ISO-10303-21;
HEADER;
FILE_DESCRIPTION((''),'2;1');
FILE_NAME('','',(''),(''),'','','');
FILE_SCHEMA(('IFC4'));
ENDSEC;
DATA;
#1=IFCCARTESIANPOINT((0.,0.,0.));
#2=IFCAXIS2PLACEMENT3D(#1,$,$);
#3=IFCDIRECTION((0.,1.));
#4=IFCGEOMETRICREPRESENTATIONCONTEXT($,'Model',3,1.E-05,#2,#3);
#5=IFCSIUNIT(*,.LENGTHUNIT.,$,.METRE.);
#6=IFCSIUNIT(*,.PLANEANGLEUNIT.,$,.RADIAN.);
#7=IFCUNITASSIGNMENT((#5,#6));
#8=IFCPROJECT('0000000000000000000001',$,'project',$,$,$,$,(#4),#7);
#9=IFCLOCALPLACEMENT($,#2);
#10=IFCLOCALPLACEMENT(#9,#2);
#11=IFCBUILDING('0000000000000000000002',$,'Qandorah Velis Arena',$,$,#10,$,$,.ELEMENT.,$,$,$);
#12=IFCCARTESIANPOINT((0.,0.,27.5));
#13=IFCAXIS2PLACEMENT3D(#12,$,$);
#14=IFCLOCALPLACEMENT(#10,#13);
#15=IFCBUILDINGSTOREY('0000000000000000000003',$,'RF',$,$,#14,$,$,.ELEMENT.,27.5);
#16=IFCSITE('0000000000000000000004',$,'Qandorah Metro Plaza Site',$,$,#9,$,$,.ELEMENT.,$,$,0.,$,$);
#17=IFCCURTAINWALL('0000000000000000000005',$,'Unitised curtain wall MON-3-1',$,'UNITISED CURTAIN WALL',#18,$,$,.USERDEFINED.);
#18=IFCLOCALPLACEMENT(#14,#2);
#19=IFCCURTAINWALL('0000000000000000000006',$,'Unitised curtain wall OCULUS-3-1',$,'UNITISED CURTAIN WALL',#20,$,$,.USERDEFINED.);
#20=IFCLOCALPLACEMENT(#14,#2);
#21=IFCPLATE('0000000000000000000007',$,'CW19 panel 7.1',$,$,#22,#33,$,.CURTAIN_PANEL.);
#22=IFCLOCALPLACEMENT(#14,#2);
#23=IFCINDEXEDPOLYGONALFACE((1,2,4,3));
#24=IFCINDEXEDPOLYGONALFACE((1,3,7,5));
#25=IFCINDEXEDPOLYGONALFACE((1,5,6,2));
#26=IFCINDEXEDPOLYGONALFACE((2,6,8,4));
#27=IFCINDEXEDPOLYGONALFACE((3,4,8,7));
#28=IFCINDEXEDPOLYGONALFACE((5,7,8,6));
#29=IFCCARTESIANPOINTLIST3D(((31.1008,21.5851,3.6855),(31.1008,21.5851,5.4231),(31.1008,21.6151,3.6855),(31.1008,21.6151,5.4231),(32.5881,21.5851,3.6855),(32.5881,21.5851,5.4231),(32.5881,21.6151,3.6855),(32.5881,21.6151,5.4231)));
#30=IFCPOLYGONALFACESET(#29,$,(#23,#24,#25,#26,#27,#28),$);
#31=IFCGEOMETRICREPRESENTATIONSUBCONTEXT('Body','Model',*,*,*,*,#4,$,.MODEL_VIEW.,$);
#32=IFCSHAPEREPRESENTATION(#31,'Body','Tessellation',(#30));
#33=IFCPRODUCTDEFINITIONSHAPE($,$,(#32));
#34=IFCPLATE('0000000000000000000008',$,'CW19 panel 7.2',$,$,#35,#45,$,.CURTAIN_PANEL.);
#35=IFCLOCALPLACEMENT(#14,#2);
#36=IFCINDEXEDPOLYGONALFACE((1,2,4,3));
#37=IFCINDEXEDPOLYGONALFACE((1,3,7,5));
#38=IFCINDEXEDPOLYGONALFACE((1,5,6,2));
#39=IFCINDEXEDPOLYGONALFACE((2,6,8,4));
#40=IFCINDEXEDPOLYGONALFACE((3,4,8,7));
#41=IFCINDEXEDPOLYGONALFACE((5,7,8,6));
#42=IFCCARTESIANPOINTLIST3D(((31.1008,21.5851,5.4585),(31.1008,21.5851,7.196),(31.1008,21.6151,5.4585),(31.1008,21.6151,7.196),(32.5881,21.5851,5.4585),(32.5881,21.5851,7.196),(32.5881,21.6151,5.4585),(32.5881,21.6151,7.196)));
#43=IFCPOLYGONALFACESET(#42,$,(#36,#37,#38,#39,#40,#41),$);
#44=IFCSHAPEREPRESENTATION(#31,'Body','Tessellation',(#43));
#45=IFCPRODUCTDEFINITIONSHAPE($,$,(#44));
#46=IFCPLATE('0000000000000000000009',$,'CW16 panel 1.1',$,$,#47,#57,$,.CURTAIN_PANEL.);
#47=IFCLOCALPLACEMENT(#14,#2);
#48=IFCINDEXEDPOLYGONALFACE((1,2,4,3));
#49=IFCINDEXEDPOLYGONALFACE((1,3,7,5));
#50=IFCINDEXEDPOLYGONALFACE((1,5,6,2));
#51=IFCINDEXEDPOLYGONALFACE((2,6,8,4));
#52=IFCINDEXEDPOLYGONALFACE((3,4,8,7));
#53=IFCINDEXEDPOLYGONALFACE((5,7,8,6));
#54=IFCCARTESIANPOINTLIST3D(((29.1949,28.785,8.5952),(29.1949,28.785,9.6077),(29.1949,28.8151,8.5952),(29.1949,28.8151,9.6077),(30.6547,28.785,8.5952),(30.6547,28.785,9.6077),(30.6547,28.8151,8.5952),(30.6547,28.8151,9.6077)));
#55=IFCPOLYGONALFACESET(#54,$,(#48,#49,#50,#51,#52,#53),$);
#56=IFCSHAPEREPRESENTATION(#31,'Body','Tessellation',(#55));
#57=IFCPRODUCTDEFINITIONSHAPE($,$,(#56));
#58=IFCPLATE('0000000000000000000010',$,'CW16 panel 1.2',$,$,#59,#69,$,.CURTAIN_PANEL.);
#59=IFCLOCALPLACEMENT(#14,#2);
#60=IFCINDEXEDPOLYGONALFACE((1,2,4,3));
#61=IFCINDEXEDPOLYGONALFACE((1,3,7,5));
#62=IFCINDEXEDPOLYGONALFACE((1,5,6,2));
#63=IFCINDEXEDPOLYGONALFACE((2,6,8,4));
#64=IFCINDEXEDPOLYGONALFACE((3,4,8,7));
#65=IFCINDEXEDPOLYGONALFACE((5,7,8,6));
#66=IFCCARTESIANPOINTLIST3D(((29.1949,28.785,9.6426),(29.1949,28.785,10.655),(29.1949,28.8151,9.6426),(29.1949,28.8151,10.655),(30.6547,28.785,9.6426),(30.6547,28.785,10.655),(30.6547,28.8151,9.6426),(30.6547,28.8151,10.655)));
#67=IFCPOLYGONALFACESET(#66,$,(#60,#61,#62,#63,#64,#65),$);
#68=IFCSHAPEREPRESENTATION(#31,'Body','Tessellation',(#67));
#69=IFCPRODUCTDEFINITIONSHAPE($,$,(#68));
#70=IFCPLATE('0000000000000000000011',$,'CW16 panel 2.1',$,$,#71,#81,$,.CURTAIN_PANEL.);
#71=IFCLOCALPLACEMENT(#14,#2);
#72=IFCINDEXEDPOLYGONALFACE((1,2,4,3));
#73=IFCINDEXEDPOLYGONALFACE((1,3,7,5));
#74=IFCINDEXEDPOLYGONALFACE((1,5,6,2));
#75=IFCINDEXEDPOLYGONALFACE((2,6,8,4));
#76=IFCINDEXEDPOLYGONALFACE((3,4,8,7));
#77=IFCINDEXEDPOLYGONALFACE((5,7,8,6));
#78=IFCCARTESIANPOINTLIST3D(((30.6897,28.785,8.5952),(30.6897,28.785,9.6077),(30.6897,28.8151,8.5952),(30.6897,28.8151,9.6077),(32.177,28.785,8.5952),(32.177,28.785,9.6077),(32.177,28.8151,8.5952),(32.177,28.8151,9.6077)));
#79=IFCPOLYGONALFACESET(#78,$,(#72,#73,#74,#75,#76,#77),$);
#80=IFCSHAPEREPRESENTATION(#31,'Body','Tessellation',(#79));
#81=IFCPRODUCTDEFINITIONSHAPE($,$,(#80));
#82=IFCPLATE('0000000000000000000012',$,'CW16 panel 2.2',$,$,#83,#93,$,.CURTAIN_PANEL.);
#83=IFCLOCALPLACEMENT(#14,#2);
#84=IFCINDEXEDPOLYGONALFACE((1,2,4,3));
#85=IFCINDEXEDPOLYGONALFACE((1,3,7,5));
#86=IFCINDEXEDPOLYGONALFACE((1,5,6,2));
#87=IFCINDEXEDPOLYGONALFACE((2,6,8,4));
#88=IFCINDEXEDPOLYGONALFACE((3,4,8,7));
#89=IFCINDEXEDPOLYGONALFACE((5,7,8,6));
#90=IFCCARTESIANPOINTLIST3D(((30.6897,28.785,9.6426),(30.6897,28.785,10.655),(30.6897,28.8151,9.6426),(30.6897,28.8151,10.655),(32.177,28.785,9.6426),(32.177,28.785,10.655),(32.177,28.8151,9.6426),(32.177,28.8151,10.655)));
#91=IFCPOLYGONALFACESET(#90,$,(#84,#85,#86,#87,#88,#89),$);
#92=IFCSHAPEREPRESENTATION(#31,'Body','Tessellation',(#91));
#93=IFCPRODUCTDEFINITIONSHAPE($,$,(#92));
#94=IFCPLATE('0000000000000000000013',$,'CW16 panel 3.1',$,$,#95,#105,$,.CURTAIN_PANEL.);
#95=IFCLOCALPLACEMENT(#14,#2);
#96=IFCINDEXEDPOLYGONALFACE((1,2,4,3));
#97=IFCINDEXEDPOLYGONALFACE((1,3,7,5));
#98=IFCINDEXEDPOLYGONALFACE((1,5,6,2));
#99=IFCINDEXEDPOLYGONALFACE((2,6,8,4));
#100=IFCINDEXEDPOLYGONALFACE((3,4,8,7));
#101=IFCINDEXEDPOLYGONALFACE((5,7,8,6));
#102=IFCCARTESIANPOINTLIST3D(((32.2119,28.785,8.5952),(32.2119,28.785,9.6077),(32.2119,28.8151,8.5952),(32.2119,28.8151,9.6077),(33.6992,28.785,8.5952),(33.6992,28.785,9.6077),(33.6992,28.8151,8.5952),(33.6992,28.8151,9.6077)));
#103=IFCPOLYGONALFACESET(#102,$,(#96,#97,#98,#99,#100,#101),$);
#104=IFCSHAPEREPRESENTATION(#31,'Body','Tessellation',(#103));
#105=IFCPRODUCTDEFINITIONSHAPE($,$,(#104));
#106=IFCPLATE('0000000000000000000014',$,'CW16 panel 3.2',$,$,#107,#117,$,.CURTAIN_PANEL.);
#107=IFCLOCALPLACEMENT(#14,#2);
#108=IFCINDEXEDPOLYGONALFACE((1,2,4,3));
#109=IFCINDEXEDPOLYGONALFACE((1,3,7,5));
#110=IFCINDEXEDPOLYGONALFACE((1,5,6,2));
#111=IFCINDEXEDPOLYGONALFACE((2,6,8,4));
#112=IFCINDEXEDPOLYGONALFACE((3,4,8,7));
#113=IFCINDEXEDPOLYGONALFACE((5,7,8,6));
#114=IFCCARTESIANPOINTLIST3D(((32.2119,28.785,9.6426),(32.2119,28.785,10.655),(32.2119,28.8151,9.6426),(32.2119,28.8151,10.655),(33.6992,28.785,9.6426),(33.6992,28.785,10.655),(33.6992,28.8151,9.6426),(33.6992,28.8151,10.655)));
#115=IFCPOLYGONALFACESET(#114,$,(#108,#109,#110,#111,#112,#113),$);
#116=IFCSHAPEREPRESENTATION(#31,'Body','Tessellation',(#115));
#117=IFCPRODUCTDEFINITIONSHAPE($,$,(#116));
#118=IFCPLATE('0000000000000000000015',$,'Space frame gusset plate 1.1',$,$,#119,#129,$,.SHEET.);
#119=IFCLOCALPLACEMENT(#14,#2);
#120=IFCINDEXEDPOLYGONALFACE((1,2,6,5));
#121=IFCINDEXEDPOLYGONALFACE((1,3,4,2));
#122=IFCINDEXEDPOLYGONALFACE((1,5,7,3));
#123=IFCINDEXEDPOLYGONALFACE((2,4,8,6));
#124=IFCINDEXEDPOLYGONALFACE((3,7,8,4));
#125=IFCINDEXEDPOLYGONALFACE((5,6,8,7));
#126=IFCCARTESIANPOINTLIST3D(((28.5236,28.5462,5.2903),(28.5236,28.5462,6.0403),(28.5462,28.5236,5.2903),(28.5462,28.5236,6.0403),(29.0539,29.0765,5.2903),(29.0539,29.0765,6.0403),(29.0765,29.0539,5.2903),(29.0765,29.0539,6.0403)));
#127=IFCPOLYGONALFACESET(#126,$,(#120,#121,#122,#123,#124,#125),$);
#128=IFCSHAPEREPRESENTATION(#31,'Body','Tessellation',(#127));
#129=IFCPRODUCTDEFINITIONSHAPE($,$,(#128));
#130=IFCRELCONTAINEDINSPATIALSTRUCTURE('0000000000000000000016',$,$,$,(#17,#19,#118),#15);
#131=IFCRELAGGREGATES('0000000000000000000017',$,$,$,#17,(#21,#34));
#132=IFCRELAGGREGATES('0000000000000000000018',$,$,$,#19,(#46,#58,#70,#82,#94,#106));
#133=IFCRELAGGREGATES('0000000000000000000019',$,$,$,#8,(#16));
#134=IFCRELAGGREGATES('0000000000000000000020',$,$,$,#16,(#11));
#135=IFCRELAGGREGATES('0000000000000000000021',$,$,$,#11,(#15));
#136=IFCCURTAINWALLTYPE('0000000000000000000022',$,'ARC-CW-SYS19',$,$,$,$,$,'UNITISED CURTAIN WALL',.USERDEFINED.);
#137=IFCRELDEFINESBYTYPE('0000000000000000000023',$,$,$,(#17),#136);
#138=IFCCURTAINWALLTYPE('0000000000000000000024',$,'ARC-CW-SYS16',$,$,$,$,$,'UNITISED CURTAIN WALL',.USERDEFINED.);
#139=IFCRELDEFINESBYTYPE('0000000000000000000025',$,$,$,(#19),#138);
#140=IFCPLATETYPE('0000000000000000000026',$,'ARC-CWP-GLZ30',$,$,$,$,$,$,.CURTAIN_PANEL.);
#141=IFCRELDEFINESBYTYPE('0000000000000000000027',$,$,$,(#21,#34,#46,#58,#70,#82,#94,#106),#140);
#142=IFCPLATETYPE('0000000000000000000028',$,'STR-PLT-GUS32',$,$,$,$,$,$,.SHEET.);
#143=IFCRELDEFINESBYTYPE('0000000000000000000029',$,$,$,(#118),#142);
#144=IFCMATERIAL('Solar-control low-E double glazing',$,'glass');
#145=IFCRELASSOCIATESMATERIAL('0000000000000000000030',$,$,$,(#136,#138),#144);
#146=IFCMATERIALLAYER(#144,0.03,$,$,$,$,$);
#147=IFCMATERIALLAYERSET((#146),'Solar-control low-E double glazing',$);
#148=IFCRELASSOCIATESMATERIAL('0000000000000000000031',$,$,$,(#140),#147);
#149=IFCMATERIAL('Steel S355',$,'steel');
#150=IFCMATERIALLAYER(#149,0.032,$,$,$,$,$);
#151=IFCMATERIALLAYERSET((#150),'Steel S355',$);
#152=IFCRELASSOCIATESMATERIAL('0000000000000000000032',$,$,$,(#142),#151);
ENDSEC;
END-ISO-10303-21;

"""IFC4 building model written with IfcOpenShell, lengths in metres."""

from ifc_helpers import new_model, si_unit, direction, frame, origin, origin_2d, place, context, subcontext, project, spatial, rectangle, extrude, material, layer, layer_set, type_object, element, aggregate, save


model = new_model("IFC4")

# Units and contexts
model_context = context("Model", 3, precision=1e-05, world=origin(), true_north=direction((0.0, 1.0)))
body_context = subcontext(model_context, "Body", "Model", "MODEL_VIEW")
ifc_project = project(units=[si_unit("LENGTHUNIT", "METRE"), si_unit("PLANEANGLEUNIT", "RADIAN")], contexts=[model_context])

# Site, building, storey
site_placement = place(None, origin())
site = spatial("IfcSite", under=ifc_project, at=site_placement, Name="Qandorah Metro Plaza Site", CompositionType="ELEMENT", RefElevation=0.0)
building_placement = place(site_placement, origin())
building = spatial("IfcBuilding", under=site, at=building_placement, Name="Qandorah Velis Arena", CompositionType="ELEMENT")
storey_placement = place(building_placement, frame((0.0, 0.0, 27.5)))
storey = spatial("IfcBuildingStorey", under=building, at=storey_placement, Name="RF", CompositionType="ELEMENT", Elevation=27.5)

# Curtain walls
ifc_material_1 = material(Name="Solar-control low-E double glazing", Category="glass")
curtain_wall_type_1 = type_object("IfcCurtainWallType", Name="ARC-CW-SYS19", ElementType="UNITISED CURTAIN WALL", PredefinedType="USERDEFINED", material=ifc_material_1)
curtain_wall_1_placement = place(storey_placement, origin())
curtain_wall_1 = element("IfcCurtainWall", 1, at=curtain_wall_1_placement, inside=storey, type_object=curtain_wall_type_1, Name="Unitised curtain wall MON-3-1", ObjectType="UNITISED CURTAIN WALL", PredefinedType="USERDEFINED")
curtain_wall_type_2 = type_object("IfcCurtainWallType", Name="ARC-CW-SYS16", ElementType="UNITISED CURTAIN WALL", PredefinedType="USERDEFINED", material=ifc_material_1)
curtain_wall_2_placement = place(storey_placement, origin())
curtain_wall_2 = element("IfcCurtainWall", 2, at=curtain_wall_2_placement, inside=storey, type_object=curtain_wall_type_2, Name="Unitised curtain wall OCULUS-3-1", ObjectType="UNITISED CURTAIN WALL", PredefinedType="USERDEFINED")

# Shared definitions
ifc_material_2 = material(Name="Steel S355", Category="steel")

# Plates
ifc_layer_1 = layer(ifc_material_1, 0.03)
ifc_layer_set_1 = layer_set([ifc_layer_1], Name="Solar-control low-E double glazing")
plate_type_1 = type_object("IfcPlateType", Name="ARC-CWP-GLZ30", PredefinedType="CURTAIN_PANEL", material=ifc_layer_set_1)
plate_1_placement = place(storey_placement, frame((31.8445, 21.6001, 3.6855), z_axis=(0.0, 0.0, 1.0), x_axis=(1.0, 0.0, 0.0)))
plate_1 = element("IfcPlate", 3, at=plate_1_placement, type_object=plate_type_1, Name="CW19 panel 7.1", PredefinedType="CURTAIN_PANEL", context=body_context, shape_type="SweptSolid", body=[
    extrude(rectangle(XDim=1.4873, YDim=0.03, at=origin_2d()), origin(), (0.0, 0.0, 1.0), 1.7375),
])
plate_2_placement = place(storey_placement, frame((31.8445, 21.6001, 5.4585), z_axis=(0.0, 0.0, 1.0), x_axis=(1.0, 0.0, 0.0)))
plate_2 = element("IfcPlate", 4, at=plate_2_placement, type_object=plate_type_1, Name="CW19 panel 7.2", PredefinedType="CURTAIN_PANEL", context=body_context, shape_type="SweptSolid", body=[
    extrude(rectangle(XDim=1.4873, YDim=0.03, at=origin_2d()), origin(), (0.0, 0.0, 1.0), 1.7375),
])
aggregate(curtain_wall_1, [plate_1, plate_2])
plate_3_placement = place(storey_placement, frame((29.9248, 28.8, 8.5952), z_axis=(0.0, 0.0, 1.0), x_axis=(1.0, 0.0, 0.0)))
plate_3 = element("IfcPlate", 5, at=plate_3_placement, type_object=plate_type_1, Name="CW16 panel 1.1", PredefinedType="CURTAIN_PANEL", context=body_context, shape_type="SweptSolid", body=[
    extrude(rectangle(XDim=1.4597, YDim=0.03, at=origin_2d()), origin(), (0.0, 0.0, 1.0), 1.0125),
])
plate_4_placement = place(storey_placement, frame((29.9248, 28.8, 9.6426), z_axis=(0.0, 0.0, 1.0), x_axis=(1.0, 0.0, 0.0)))
plate_4 = element("IfcPlate", 6, at=plate_4_placement, type_object=plate_type_1, Name="CW16 panel 1.2", PredefinedType="CURTAIN_PANEL", context=body_context, shape_type="SweptSolid", body=[
    extrude(rectangle(XDim=1.4597, YDim=0.03, at=origin_2d()), origin(), (0.0, 0.0, 1.0), 1.0125),
])
plate_5_placement = place(storey_placement, frame((31.4333, 28.8, 8.5952), z_axis=(0.0, 0.0, 1.0), x_axis=(1.0, 0.0, 0.0)))
plate_5 = element("IfcPlate", 7, at=plate_5_placement, type_object=plate_type_1, Name="CW16 panel 2.1", PredefinedType="CURTAIN_PANEL", context=body_context, shape_type="SweptSolid", body=[
    extrude(rectangle(XDim=1.4873, YDim=0.03, at=origin_2d()), origin(), (0.0, 0.0, 1.0), 1.0125),
])
plate_6_placement = place(storey_placement, frame((31.4333, 28.8, 9.6426), z_axis=(0.0, 0.0, 1.0), x_axis=(1.0, 0.0, 0.0)))
plate_6 = element("IfcPlate", 8, at=plate_6_placement, type_object=plate_type_1, Name="CW16 panel 2.2", PredefinedType="CURTAIN_PANEL", context=body_context, shape_type="SweptSolid", body=[
    extrude(rectangle(XDim=1.4873, YDim=0.03, at=origin_2d()), origin(), (0.0, 0.0, 1.0), 1.0125),
])
plate_7_placement = place(storey_placement, frame((32.9556, 28.8, 8.5952), z_axis=(0.0, 0.0, 1.0), x_axis=(1.0, 0.0, 0.0)))
plate_7 = element("IfcPlate", 9, at=plate_7_placement, type_object=plate_type_1, Name="CW16 panel 3.1", PredefinedType="CURTAIN_PANEL", context=body_context, shape_type="SweptSolid", body=[
    extrude(rectangle(XDim=1.4873, YDim=0.03, at=origin_2d()), origin(), (0.0, 0.0, 1.0), 1.0125),
])
plate_8_placement = place(storey_placement, frame((32.9556, 28.8, 9.6426), z_axis=(0.0, 0.0, 1.0), x_axis=(1.0, 0.0, 0.0)))
plate_8 = element("IfcPlate", 10, at=plate_8_placement, type_object=plate_type_1, Name="CW16 panel 3.2", PredefinedType="CURTAIN_PANEL", context=body_context, shape_type="SweptSolid", body=[
    extrude(rectangle(XDim=1.4873, YDim=0.03, at=origin_2d()), origin(), (0.0, 0.0, 1.0), 1.0125),
])
aggregate(curtain_wall_2, [plate_3, plate_4, plate_5, plate_6, plate_7, plate_8])
ifc_layer_2 = layer(ifc_material_2, 0.032)
ifc_layer_set_2 = layer_set([ifc_layer_2], Name="Steel S355")
plate_type_2 = type_object("IfcPlateType", Name="STR-PLT-GUS32", PredefinedType="SHEET", material=ifc_layer_set_2)
plate_9_placement = place(storey_placement, frame((28.8, 28.8, 5.2903), z_axis=(0.0, 0.0, 1.0), x_axis=(0.707107, 0.707107, 0.0)))
element("IfcPlate", 11, at=plate_9_placement, inside=storey, type_object=plate_type_2, Name="Space frame gusset plate 1.1", PredefinedType="SHEET", context=body_context, shape_type="SweptSolid", body=[
    extrude(rectangle(XDim=0.75, YDim=0.032, at=origin_2d()), origin(), (0.0, 0.0, 1.0), 0.75),
])

save(model, "model.ifc")
